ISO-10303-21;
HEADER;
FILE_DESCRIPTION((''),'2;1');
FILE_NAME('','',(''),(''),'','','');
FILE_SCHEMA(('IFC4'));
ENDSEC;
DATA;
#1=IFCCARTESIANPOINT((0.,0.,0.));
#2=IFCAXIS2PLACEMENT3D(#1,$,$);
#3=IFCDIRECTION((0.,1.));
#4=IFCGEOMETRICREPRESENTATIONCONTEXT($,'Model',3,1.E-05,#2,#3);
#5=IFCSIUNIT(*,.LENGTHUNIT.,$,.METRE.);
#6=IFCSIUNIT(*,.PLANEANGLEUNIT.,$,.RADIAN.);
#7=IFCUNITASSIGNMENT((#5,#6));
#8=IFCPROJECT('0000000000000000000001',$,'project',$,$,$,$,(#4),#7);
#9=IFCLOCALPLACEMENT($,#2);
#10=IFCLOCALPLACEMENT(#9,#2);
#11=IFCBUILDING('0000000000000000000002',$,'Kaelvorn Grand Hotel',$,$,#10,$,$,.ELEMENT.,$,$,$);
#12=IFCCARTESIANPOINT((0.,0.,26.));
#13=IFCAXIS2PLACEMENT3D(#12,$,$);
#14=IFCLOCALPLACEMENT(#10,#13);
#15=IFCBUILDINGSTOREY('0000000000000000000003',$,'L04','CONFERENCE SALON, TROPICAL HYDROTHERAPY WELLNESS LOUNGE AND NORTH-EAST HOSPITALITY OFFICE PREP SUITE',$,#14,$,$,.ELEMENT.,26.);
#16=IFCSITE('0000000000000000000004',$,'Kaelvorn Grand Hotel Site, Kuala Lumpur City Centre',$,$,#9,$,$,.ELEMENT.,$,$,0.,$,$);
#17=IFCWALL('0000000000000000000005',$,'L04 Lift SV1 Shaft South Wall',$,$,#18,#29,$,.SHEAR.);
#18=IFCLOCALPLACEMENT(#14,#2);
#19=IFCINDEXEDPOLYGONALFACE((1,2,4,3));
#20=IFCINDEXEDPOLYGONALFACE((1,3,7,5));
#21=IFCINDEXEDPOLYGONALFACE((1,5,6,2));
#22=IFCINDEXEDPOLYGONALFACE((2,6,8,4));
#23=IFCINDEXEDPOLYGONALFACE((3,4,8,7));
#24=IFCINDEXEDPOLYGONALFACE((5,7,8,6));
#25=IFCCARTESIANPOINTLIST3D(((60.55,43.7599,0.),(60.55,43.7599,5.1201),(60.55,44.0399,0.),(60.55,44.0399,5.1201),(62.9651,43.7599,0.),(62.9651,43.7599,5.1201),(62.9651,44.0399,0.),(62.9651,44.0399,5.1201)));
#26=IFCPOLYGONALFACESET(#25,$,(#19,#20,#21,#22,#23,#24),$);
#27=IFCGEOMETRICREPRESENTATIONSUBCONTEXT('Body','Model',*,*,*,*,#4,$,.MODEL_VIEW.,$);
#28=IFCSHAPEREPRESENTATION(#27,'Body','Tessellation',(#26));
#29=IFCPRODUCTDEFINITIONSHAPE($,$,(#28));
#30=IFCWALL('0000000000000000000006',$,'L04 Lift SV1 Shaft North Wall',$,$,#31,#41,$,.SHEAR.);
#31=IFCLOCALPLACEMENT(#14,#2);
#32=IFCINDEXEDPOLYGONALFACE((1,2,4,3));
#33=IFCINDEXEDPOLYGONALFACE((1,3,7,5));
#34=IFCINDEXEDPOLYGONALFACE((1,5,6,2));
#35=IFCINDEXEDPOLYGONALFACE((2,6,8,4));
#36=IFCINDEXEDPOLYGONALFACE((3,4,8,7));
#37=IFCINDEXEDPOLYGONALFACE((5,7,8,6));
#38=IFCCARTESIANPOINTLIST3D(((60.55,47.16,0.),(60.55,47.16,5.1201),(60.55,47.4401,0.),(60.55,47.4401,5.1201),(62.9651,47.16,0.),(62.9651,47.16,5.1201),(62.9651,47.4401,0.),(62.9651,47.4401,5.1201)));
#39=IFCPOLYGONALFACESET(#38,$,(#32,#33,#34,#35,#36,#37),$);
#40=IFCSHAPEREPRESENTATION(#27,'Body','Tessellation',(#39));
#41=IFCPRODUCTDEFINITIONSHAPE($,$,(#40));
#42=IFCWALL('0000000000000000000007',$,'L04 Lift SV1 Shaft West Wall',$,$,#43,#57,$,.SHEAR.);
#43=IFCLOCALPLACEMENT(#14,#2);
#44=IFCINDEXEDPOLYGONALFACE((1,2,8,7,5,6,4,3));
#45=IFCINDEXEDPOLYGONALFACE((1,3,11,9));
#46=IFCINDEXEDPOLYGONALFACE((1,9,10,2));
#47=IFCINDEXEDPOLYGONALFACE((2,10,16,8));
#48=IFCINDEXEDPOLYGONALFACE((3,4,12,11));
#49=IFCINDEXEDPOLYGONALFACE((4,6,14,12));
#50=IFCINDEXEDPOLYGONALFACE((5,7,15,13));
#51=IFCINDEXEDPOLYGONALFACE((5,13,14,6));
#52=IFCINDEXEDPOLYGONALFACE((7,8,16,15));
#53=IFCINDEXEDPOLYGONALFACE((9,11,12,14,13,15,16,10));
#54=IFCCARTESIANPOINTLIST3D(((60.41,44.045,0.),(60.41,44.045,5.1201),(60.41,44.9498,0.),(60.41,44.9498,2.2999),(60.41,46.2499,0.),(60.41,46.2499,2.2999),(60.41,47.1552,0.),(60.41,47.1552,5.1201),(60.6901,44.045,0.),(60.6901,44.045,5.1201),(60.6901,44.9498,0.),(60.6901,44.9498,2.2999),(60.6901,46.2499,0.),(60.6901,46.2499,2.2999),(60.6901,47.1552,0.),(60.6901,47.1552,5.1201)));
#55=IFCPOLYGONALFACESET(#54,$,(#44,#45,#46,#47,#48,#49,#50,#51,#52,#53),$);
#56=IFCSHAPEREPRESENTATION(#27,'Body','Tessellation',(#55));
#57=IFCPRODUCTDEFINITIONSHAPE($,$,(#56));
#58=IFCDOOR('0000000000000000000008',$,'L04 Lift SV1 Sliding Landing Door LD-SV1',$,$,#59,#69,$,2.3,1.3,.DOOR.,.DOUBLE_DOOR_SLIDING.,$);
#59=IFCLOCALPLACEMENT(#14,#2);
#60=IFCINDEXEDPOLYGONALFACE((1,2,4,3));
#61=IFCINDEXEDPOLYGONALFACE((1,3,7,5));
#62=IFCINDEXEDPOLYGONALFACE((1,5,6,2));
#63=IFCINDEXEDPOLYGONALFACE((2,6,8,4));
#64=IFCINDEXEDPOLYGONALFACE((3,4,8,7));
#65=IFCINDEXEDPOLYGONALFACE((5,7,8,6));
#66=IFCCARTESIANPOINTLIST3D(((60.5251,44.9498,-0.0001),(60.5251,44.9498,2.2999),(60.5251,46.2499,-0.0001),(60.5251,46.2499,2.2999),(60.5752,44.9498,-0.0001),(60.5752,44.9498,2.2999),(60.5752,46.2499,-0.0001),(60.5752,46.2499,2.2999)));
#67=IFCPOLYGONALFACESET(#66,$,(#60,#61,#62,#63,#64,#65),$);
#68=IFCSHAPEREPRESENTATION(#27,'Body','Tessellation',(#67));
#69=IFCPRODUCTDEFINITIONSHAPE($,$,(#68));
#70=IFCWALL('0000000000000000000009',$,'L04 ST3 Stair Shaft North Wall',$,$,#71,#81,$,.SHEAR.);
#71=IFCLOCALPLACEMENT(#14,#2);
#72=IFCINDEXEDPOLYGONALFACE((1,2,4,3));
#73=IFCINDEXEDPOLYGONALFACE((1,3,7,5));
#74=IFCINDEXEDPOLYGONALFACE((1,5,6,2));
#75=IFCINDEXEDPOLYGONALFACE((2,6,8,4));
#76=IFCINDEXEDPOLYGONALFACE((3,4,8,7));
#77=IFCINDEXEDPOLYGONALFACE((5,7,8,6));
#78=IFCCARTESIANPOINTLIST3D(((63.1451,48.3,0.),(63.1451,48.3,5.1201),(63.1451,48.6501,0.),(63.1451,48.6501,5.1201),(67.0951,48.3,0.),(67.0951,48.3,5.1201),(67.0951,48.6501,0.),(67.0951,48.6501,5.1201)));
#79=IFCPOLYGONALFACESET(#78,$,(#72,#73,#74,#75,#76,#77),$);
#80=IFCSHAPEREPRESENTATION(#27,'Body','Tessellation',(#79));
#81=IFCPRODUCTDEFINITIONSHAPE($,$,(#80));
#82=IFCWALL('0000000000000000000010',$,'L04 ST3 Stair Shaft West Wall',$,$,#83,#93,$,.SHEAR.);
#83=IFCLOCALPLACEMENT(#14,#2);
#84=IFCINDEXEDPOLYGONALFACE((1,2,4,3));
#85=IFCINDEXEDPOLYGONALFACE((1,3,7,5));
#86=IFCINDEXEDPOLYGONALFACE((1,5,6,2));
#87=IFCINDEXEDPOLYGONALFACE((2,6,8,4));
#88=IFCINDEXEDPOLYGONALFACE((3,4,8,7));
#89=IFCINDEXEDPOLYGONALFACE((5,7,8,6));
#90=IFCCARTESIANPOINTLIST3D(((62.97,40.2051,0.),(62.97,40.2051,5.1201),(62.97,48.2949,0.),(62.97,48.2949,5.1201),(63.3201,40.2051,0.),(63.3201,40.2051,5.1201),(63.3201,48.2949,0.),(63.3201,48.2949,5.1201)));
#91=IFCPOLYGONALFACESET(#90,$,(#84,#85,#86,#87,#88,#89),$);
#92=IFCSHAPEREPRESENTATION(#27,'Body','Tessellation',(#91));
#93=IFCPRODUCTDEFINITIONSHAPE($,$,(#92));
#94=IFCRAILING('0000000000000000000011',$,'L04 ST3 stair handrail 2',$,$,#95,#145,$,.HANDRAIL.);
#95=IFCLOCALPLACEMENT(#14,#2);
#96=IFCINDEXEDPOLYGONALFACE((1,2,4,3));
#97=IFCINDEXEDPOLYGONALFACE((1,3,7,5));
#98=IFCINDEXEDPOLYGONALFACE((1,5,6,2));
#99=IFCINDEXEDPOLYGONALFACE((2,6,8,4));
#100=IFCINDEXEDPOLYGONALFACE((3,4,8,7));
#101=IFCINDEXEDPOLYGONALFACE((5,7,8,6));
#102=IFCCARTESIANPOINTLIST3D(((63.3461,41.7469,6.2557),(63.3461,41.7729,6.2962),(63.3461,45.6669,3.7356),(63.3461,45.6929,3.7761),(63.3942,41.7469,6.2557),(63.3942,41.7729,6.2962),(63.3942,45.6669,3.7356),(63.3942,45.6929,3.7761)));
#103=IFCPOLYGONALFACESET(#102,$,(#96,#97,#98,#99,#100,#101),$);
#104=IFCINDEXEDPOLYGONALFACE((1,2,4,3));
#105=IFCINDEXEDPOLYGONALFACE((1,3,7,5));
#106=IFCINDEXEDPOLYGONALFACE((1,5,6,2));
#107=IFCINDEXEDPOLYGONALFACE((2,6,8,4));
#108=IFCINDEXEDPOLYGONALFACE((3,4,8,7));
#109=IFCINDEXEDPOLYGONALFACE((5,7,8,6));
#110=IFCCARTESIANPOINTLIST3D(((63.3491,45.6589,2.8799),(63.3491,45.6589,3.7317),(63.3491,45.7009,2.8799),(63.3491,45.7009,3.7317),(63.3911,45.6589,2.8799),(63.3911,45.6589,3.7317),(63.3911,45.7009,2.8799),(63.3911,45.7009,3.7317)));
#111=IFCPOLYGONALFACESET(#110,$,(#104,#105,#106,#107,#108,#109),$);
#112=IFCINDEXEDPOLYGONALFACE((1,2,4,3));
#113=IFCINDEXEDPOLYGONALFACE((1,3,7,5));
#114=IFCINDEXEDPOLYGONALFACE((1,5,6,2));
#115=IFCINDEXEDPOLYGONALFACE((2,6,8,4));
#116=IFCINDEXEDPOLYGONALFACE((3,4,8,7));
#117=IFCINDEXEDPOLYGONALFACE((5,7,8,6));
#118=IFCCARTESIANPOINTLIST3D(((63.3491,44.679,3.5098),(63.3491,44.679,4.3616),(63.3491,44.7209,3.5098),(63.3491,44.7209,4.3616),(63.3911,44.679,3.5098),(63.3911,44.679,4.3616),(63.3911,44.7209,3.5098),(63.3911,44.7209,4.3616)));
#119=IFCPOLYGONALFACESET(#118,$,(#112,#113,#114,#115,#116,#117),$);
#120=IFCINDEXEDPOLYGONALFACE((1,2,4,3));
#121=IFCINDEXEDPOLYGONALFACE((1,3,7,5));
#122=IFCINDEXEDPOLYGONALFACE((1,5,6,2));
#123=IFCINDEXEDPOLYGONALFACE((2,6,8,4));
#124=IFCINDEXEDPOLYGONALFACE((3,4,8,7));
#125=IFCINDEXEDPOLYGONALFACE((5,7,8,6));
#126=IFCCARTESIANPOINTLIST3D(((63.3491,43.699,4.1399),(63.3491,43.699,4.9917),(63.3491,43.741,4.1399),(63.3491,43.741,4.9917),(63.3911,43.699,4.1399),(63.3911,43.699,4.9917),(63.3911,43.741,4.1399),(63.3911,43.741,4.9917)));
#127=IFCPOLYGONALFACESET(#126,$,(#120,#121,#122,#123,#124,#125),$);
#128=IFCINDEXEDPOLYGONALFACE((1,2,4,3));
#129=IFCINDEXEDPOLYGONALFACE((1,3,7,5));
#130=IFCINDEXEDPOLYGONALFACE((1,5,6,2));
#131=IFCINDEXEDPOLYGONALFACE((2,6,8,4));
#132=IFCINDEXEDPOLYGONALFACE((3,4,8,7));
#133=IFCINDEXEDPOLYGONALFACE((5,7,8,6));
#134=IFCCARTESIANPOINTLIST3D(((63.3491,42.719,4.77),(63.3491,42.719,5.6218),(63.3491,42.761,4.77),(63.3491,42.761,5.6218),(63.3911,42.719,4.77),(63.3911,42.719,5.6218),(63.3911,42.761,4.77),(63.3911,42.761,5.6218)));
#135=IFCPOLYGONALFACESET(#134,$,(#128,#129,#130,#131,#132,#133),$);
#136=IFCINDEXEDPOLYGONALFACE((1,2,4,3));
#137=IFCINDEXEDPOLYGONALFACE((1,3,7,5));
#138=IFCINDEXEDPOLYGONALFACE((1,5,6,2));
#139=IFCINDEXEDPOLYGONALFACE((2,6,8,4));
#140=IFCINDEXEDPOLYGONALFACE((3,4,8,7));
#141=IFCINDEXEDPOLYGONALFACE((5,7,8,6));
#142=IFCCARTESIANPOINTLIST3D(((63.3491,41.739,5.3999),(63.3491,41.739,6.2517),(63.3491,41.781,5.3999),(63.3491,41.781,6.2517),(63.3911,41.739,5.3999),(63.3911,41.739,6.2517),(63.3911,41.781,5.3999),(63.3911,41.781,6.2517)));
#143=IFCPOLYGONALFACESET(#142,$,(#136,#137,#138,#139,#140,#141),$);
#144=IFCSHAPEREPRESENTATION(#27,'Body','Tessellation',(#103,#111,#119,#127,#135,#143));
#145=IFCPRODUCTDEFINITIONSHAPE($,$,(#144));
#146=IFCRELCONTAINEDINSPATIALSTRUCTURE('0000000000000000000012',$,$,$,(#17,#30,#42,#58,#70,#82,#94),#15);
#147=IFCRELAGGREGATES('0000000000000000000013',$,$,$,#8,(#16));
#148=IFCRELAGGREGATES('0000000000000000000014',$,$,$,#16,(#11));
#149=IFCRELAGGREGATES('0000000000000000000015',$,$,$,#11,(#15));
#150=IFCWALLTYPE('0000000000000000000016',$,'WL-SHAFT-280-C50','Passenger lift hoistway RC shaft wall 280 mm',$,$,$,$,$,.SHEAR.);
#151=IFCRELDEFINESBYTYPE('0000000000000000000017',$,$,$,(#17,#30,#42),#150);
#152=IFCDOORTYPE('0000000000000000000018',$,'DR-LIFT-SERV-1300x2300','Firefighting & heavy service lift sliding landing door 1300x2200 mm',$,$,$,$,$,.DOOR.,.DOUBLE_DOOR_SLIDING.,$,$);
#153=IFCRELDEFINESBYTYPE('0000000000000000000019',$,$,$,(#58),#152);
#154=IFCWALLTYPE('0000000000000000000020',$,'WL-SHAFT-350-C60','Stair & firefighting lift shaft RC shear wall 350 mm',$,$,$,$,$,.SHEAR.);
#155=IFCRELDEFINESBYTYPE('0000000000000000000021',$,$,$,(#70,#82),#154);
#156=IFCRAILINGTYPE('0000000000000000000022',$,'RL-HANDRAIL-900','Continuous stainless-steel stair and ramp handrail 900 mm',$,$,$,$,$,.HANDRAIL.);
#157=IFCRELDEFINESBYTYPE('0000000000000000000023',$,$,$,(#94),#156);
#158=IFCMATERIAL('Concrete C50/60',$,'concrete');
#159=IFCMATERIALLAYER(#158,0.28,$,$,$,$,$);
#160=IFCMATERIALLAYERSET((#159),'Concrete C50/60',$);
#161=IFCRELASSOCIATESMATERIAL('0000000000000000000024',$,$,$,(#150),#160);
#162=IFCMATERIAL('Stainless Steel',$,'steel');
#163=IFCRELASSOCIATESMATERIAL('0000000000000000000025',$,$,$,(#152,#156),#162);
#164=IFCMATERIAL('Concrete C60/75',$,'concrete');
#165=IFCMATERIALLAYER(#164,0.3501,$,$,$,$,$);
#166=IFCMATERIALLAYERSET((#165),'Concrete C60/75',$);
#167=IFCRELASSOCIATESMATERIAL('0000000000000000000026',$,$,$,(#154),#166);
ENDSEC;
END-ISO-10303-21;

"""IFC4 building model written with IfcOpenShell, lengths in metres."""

from ifc_helpers import new_model, si_unit, direction, frame, frame_2d, origin, origin_2d, place, context, subcontext, project, spatial, rectangle, extrude, material, layer, layer_set, type_object, element, fill, save


model = new_model("IFC4")

# Units and contexts
model_context = context("Model", 3, precision=1e-05, world=origin(), true_north=direction((0.0, 1.0)))
body_context = subcontext(model_context, "Body", "Model", "MODEL_VIEW")
ifc_project = project(units=[si_unit("LENGTHUNIT", "METRE"), si_unit("PLANEANGLEUNIT", "RADIAN")], contexts=[model_context])

# Site, building, storey
site_placement = place(None, origin())
site = spatial("IfcSite", under=ifc_project, at=site_placement, Name="Kaelvorn Grand Hotel Site, Kuala Lumpur City Centre", CompositionType="ELEMENT", RefElevation=0.0)
building_placement = place(site_placement, origin())
building = spatial("IfcBuilding", under=site, at=building_placement, Name="Kaelvorn Grand Hotel", CompositionType="ELEMENT")
storey_placement = place(building_placement, frame((0.0, 0.0, 26.0)))
storey = spatial("IfcBuildingStorey", under=building, at=storey_placement, Name="L04", Description="CONFERENCE SALON, TROPICAL HYDROTHERAPY WELLNESS LOUNGE AND NORTH-EAST HOSPITALITY OFFICE PREP SUITE", CompositionType="ELEMENT", Elevation=26.0)

# Shared definitions
ifc_material_1 = material(Name="Concrete C50/60", Category="concrete")

# Shared definitions
ifc_material_2 = material(Name="Concrete C60/75", Category="concrete")

# Walls
ifc_layer_1 = layer(ifc_material_1, 0.28)
ifc_layer_set_1 = layer_set([ifc_layer_1], Name="Concrete C50/60")
wall_type_1 = type_object("IfcWallType", Name="WL-SHAFT-280-C50", Description="Passenger lift hoistway RC shaft wall 280 mm", PredefinedType="SHEAR", material=ifc_layer_set_1)
for number, where, z_axis, x_axis, name in (
    (1, (60.55, 43.8999, 0.0), (0.0, 0.0, 1.0), (1.0, 0.0, 0.0), "L04 Lift SV1 Shaft South Wall"),
    (2, (60.55, 47.3, 0.0), (0.0, 0.0, 1.0), (1.0, 0.0, 0.0), "L04 Lift SV1 Shaft North Wall"),
):
    element("IfcWall", number, at=place(storey_placement, frame(where, z_axis=z_axis, x_axis=x_axis)), inside=storey, type_object=wall_type_1, Name=name, PredefinedType="SHEAR", context=body_context, shape_type="SweptSolid", body=[
        extrude(rectangle(XDim=2.415, YDim=0.28, at=frame_2d((1.2075, 0.0))), origin(), (0.0, 0.0, 1.0), 5.1201),
    ])

# Wall, opening, door
wall_1_placement = place(storey_placement, frame((60.55, 44.0449, 0.0), z_axis=(0.0, 0.0, 1.0), x_axis=(0.0, 1.0, 0.0)))
wall_1 = element("IfcWall", 3, at=wall_1_placement, inside=storey, type_object=wall_type_1, Name="L04 Lift SV1 Shaft West Wall", PredefinedType="SHEAR", context=body_context, shape_type="SweptSolid", body=[
    extrude(rectangle(XDim=3.1101, YDim=0.28, at=frame_2d((1.5552, 0.0))), origin(), (0.0, 0.0, 1.0), 5.1201),
])
opening_1_placement = place(wall_1_placement, frame((0.905, 0.0, 0.0)))
opening_1 = element("IfcOpeningElement", 4, at=opening_1_placement, cuts=wall_1, PredefinedType="OPENING", context=body_context, shape_type="SweptSolid", body=[
    extrude(rectangle(XDim=1.3, YDim=2.3, at=frame_2d((0.6499, 1.1499))), frame((0.0, 0.1499, 0.0), z_axis=(0.0, -1.0, 0.0), x_axis=(1.0, 0.0, 0.0)), (0.0, 0.0, 1.0), 0.3),
])
ifc_material_3 = material(Name="Stainless Steel", Category="steel")
door_type_1 = type_object("IfcDoorType", Name="DR-LIFT-SERV-1300x2300", Description="Firefighting & heavy service lift sliding landing door 1300x2200 mm", OperationType="DOUBLE_DOOR_SLIDING", PredefinedType="DOOR", material=ifc_material_3)
door_1_placement = place(opening_1_placement, origin())
door_1 = element("IfcDoor", 5, at=door_1_placement, inside=storey, type_object=door_type_1, Name="L04 Lift SV1 Sliding Landing Door LD-SV1", OperationType="DOUBLE_DOOR_SLIDING", OverallHeight=2.3, OverallWidth=1.3, PredefinedType="DOOR", context=body_context, shape_type="SweptSolid", body=[
    extrude(rectangle(XDim=1.3, YDim=2.3, at=frame_2d((0.6499, 1.1499))), frame((0.0, 0.0249, 0.0), z_axis=(0.0, -1.0, 0.0), x_axis=(1.0, 0.0, 0.0)), (0.0, 0.0, 1.0), 0.05),
])
fill(opening_1, door_1)

# Walls
ifc_layer_2 = layer(ifc_material_2, 0.3501)
ifc_layer_set_2 = layer_set([ifc_layer_2], Name="Concrete C60/75")
wall_type_2 = type_object("IfcWallType", Name="WL-SHAFT-350-C60", Description="Stair & firefighting lift shaft RC shear wall 350 mm", PredefinedType="SHEAR", material=ifc_layer_set_2)
wall_2_placement = place(storey_placement, frame((63.145, 48.4751, 0.0), z_axis=(0.0, 0.0, 1.0), x_axis=(1.0, 0.0, 0.0)))
element("IfcWall", 6, at=wall_2_placement, inside=storey, type_object=wall_type_2, Name="L04 ST3 Stair Shaft North Wall", PredefinedType="SHEAR", context=body_context, shape_type="SweptSolid", body=[
    extrude(rectangle(XDim=3.95, YDim=0.3501, at=frame_2d((1.9751, 0.0))), origin(), (0.0, 0.0, 1.0), 5.1201),
])
wall_3_placement = place(storey_placement, frame((63.145, 40.2051, 0.0), z_axis=(0.0, 0.0, 1.0), x_axis=(0.0, 1.0, 0.0)))
element("IfcWall", 7, at=wall_3_placement, inside=storey, type_object=wall_type_2, Name="L04 ST3 Stair Shaft West Wall", PredefinedType="SHEAR", context=body_context, shape_type="SweptSolid", body=[
    extrude(rectangle(XDim=8.0898, YDim=0.3501, at=frame_2d((4.0449, 0.0))), origin(), (0.0, 0.0, 1.0), 5.1201),
])

# Railing
railing_type = type_object("IfcRailingType", Name="RL-HANDRAIL-900", Description="Continuous stainless-steel stair and ramp handrail 900 mm", PredefinedType="HANDRAIL", material=ifc_material_3)
railing_placement = place(storey_placement, frame((63.3701, 45.6799, 2.8799)))
element("IfcRailing", 8, at=railing_placement, inside=storey, type_object=railing_type, Name="L04 ST3 stair handrail 2", PredefinedType="HANDRAIL", context=body_context, shape_type="SweptSolid", body=[
    extrude(rectangle(XDim=0.0481, YDim=0.0481, at=origin_2d()), frame((0.0, 0.0, 0.876), z_axis=(0.0, -0.841172, 0.540768), x_axis=(1.0, 0.0, 0.0)), (0.0, 0.0, 1.0), 4.6602),
    extrude(rectangle(XDim=0.042, YDim=0.042, at=origin_2d()), origin(), (0.0, 0.0, 1.0), 0.8518),
    extrude(rectangle(XDim=0.042, YDim=0.042, at=origin_2d()), frame((0.0, -0.98, 0.6299)), (0.0, 0.0, 1.0), 0.8518),
    extrude(rectangle(XDim=0.042, YDim=0.042, at=origin_2d()), frame((0.0, -1.96, 1.26)), (0.0, 0.0, 1.0), 0.8518),
    extrude(rectangle(XDim=0.042, YDim=0.042, at=origin_2d()), frame((0.0, -2.9399, 1.8901)), (0.0, 0.0, 1.0), 0.8518),
    extrude(rectangle(XDim=0.042, YDim=0.042, at=origin_2d()), frame((0.0, -3.9199, 2.52)), (0.0, 0.0, 1.0), 0.8518),
])

save(model, "model.ifc")
